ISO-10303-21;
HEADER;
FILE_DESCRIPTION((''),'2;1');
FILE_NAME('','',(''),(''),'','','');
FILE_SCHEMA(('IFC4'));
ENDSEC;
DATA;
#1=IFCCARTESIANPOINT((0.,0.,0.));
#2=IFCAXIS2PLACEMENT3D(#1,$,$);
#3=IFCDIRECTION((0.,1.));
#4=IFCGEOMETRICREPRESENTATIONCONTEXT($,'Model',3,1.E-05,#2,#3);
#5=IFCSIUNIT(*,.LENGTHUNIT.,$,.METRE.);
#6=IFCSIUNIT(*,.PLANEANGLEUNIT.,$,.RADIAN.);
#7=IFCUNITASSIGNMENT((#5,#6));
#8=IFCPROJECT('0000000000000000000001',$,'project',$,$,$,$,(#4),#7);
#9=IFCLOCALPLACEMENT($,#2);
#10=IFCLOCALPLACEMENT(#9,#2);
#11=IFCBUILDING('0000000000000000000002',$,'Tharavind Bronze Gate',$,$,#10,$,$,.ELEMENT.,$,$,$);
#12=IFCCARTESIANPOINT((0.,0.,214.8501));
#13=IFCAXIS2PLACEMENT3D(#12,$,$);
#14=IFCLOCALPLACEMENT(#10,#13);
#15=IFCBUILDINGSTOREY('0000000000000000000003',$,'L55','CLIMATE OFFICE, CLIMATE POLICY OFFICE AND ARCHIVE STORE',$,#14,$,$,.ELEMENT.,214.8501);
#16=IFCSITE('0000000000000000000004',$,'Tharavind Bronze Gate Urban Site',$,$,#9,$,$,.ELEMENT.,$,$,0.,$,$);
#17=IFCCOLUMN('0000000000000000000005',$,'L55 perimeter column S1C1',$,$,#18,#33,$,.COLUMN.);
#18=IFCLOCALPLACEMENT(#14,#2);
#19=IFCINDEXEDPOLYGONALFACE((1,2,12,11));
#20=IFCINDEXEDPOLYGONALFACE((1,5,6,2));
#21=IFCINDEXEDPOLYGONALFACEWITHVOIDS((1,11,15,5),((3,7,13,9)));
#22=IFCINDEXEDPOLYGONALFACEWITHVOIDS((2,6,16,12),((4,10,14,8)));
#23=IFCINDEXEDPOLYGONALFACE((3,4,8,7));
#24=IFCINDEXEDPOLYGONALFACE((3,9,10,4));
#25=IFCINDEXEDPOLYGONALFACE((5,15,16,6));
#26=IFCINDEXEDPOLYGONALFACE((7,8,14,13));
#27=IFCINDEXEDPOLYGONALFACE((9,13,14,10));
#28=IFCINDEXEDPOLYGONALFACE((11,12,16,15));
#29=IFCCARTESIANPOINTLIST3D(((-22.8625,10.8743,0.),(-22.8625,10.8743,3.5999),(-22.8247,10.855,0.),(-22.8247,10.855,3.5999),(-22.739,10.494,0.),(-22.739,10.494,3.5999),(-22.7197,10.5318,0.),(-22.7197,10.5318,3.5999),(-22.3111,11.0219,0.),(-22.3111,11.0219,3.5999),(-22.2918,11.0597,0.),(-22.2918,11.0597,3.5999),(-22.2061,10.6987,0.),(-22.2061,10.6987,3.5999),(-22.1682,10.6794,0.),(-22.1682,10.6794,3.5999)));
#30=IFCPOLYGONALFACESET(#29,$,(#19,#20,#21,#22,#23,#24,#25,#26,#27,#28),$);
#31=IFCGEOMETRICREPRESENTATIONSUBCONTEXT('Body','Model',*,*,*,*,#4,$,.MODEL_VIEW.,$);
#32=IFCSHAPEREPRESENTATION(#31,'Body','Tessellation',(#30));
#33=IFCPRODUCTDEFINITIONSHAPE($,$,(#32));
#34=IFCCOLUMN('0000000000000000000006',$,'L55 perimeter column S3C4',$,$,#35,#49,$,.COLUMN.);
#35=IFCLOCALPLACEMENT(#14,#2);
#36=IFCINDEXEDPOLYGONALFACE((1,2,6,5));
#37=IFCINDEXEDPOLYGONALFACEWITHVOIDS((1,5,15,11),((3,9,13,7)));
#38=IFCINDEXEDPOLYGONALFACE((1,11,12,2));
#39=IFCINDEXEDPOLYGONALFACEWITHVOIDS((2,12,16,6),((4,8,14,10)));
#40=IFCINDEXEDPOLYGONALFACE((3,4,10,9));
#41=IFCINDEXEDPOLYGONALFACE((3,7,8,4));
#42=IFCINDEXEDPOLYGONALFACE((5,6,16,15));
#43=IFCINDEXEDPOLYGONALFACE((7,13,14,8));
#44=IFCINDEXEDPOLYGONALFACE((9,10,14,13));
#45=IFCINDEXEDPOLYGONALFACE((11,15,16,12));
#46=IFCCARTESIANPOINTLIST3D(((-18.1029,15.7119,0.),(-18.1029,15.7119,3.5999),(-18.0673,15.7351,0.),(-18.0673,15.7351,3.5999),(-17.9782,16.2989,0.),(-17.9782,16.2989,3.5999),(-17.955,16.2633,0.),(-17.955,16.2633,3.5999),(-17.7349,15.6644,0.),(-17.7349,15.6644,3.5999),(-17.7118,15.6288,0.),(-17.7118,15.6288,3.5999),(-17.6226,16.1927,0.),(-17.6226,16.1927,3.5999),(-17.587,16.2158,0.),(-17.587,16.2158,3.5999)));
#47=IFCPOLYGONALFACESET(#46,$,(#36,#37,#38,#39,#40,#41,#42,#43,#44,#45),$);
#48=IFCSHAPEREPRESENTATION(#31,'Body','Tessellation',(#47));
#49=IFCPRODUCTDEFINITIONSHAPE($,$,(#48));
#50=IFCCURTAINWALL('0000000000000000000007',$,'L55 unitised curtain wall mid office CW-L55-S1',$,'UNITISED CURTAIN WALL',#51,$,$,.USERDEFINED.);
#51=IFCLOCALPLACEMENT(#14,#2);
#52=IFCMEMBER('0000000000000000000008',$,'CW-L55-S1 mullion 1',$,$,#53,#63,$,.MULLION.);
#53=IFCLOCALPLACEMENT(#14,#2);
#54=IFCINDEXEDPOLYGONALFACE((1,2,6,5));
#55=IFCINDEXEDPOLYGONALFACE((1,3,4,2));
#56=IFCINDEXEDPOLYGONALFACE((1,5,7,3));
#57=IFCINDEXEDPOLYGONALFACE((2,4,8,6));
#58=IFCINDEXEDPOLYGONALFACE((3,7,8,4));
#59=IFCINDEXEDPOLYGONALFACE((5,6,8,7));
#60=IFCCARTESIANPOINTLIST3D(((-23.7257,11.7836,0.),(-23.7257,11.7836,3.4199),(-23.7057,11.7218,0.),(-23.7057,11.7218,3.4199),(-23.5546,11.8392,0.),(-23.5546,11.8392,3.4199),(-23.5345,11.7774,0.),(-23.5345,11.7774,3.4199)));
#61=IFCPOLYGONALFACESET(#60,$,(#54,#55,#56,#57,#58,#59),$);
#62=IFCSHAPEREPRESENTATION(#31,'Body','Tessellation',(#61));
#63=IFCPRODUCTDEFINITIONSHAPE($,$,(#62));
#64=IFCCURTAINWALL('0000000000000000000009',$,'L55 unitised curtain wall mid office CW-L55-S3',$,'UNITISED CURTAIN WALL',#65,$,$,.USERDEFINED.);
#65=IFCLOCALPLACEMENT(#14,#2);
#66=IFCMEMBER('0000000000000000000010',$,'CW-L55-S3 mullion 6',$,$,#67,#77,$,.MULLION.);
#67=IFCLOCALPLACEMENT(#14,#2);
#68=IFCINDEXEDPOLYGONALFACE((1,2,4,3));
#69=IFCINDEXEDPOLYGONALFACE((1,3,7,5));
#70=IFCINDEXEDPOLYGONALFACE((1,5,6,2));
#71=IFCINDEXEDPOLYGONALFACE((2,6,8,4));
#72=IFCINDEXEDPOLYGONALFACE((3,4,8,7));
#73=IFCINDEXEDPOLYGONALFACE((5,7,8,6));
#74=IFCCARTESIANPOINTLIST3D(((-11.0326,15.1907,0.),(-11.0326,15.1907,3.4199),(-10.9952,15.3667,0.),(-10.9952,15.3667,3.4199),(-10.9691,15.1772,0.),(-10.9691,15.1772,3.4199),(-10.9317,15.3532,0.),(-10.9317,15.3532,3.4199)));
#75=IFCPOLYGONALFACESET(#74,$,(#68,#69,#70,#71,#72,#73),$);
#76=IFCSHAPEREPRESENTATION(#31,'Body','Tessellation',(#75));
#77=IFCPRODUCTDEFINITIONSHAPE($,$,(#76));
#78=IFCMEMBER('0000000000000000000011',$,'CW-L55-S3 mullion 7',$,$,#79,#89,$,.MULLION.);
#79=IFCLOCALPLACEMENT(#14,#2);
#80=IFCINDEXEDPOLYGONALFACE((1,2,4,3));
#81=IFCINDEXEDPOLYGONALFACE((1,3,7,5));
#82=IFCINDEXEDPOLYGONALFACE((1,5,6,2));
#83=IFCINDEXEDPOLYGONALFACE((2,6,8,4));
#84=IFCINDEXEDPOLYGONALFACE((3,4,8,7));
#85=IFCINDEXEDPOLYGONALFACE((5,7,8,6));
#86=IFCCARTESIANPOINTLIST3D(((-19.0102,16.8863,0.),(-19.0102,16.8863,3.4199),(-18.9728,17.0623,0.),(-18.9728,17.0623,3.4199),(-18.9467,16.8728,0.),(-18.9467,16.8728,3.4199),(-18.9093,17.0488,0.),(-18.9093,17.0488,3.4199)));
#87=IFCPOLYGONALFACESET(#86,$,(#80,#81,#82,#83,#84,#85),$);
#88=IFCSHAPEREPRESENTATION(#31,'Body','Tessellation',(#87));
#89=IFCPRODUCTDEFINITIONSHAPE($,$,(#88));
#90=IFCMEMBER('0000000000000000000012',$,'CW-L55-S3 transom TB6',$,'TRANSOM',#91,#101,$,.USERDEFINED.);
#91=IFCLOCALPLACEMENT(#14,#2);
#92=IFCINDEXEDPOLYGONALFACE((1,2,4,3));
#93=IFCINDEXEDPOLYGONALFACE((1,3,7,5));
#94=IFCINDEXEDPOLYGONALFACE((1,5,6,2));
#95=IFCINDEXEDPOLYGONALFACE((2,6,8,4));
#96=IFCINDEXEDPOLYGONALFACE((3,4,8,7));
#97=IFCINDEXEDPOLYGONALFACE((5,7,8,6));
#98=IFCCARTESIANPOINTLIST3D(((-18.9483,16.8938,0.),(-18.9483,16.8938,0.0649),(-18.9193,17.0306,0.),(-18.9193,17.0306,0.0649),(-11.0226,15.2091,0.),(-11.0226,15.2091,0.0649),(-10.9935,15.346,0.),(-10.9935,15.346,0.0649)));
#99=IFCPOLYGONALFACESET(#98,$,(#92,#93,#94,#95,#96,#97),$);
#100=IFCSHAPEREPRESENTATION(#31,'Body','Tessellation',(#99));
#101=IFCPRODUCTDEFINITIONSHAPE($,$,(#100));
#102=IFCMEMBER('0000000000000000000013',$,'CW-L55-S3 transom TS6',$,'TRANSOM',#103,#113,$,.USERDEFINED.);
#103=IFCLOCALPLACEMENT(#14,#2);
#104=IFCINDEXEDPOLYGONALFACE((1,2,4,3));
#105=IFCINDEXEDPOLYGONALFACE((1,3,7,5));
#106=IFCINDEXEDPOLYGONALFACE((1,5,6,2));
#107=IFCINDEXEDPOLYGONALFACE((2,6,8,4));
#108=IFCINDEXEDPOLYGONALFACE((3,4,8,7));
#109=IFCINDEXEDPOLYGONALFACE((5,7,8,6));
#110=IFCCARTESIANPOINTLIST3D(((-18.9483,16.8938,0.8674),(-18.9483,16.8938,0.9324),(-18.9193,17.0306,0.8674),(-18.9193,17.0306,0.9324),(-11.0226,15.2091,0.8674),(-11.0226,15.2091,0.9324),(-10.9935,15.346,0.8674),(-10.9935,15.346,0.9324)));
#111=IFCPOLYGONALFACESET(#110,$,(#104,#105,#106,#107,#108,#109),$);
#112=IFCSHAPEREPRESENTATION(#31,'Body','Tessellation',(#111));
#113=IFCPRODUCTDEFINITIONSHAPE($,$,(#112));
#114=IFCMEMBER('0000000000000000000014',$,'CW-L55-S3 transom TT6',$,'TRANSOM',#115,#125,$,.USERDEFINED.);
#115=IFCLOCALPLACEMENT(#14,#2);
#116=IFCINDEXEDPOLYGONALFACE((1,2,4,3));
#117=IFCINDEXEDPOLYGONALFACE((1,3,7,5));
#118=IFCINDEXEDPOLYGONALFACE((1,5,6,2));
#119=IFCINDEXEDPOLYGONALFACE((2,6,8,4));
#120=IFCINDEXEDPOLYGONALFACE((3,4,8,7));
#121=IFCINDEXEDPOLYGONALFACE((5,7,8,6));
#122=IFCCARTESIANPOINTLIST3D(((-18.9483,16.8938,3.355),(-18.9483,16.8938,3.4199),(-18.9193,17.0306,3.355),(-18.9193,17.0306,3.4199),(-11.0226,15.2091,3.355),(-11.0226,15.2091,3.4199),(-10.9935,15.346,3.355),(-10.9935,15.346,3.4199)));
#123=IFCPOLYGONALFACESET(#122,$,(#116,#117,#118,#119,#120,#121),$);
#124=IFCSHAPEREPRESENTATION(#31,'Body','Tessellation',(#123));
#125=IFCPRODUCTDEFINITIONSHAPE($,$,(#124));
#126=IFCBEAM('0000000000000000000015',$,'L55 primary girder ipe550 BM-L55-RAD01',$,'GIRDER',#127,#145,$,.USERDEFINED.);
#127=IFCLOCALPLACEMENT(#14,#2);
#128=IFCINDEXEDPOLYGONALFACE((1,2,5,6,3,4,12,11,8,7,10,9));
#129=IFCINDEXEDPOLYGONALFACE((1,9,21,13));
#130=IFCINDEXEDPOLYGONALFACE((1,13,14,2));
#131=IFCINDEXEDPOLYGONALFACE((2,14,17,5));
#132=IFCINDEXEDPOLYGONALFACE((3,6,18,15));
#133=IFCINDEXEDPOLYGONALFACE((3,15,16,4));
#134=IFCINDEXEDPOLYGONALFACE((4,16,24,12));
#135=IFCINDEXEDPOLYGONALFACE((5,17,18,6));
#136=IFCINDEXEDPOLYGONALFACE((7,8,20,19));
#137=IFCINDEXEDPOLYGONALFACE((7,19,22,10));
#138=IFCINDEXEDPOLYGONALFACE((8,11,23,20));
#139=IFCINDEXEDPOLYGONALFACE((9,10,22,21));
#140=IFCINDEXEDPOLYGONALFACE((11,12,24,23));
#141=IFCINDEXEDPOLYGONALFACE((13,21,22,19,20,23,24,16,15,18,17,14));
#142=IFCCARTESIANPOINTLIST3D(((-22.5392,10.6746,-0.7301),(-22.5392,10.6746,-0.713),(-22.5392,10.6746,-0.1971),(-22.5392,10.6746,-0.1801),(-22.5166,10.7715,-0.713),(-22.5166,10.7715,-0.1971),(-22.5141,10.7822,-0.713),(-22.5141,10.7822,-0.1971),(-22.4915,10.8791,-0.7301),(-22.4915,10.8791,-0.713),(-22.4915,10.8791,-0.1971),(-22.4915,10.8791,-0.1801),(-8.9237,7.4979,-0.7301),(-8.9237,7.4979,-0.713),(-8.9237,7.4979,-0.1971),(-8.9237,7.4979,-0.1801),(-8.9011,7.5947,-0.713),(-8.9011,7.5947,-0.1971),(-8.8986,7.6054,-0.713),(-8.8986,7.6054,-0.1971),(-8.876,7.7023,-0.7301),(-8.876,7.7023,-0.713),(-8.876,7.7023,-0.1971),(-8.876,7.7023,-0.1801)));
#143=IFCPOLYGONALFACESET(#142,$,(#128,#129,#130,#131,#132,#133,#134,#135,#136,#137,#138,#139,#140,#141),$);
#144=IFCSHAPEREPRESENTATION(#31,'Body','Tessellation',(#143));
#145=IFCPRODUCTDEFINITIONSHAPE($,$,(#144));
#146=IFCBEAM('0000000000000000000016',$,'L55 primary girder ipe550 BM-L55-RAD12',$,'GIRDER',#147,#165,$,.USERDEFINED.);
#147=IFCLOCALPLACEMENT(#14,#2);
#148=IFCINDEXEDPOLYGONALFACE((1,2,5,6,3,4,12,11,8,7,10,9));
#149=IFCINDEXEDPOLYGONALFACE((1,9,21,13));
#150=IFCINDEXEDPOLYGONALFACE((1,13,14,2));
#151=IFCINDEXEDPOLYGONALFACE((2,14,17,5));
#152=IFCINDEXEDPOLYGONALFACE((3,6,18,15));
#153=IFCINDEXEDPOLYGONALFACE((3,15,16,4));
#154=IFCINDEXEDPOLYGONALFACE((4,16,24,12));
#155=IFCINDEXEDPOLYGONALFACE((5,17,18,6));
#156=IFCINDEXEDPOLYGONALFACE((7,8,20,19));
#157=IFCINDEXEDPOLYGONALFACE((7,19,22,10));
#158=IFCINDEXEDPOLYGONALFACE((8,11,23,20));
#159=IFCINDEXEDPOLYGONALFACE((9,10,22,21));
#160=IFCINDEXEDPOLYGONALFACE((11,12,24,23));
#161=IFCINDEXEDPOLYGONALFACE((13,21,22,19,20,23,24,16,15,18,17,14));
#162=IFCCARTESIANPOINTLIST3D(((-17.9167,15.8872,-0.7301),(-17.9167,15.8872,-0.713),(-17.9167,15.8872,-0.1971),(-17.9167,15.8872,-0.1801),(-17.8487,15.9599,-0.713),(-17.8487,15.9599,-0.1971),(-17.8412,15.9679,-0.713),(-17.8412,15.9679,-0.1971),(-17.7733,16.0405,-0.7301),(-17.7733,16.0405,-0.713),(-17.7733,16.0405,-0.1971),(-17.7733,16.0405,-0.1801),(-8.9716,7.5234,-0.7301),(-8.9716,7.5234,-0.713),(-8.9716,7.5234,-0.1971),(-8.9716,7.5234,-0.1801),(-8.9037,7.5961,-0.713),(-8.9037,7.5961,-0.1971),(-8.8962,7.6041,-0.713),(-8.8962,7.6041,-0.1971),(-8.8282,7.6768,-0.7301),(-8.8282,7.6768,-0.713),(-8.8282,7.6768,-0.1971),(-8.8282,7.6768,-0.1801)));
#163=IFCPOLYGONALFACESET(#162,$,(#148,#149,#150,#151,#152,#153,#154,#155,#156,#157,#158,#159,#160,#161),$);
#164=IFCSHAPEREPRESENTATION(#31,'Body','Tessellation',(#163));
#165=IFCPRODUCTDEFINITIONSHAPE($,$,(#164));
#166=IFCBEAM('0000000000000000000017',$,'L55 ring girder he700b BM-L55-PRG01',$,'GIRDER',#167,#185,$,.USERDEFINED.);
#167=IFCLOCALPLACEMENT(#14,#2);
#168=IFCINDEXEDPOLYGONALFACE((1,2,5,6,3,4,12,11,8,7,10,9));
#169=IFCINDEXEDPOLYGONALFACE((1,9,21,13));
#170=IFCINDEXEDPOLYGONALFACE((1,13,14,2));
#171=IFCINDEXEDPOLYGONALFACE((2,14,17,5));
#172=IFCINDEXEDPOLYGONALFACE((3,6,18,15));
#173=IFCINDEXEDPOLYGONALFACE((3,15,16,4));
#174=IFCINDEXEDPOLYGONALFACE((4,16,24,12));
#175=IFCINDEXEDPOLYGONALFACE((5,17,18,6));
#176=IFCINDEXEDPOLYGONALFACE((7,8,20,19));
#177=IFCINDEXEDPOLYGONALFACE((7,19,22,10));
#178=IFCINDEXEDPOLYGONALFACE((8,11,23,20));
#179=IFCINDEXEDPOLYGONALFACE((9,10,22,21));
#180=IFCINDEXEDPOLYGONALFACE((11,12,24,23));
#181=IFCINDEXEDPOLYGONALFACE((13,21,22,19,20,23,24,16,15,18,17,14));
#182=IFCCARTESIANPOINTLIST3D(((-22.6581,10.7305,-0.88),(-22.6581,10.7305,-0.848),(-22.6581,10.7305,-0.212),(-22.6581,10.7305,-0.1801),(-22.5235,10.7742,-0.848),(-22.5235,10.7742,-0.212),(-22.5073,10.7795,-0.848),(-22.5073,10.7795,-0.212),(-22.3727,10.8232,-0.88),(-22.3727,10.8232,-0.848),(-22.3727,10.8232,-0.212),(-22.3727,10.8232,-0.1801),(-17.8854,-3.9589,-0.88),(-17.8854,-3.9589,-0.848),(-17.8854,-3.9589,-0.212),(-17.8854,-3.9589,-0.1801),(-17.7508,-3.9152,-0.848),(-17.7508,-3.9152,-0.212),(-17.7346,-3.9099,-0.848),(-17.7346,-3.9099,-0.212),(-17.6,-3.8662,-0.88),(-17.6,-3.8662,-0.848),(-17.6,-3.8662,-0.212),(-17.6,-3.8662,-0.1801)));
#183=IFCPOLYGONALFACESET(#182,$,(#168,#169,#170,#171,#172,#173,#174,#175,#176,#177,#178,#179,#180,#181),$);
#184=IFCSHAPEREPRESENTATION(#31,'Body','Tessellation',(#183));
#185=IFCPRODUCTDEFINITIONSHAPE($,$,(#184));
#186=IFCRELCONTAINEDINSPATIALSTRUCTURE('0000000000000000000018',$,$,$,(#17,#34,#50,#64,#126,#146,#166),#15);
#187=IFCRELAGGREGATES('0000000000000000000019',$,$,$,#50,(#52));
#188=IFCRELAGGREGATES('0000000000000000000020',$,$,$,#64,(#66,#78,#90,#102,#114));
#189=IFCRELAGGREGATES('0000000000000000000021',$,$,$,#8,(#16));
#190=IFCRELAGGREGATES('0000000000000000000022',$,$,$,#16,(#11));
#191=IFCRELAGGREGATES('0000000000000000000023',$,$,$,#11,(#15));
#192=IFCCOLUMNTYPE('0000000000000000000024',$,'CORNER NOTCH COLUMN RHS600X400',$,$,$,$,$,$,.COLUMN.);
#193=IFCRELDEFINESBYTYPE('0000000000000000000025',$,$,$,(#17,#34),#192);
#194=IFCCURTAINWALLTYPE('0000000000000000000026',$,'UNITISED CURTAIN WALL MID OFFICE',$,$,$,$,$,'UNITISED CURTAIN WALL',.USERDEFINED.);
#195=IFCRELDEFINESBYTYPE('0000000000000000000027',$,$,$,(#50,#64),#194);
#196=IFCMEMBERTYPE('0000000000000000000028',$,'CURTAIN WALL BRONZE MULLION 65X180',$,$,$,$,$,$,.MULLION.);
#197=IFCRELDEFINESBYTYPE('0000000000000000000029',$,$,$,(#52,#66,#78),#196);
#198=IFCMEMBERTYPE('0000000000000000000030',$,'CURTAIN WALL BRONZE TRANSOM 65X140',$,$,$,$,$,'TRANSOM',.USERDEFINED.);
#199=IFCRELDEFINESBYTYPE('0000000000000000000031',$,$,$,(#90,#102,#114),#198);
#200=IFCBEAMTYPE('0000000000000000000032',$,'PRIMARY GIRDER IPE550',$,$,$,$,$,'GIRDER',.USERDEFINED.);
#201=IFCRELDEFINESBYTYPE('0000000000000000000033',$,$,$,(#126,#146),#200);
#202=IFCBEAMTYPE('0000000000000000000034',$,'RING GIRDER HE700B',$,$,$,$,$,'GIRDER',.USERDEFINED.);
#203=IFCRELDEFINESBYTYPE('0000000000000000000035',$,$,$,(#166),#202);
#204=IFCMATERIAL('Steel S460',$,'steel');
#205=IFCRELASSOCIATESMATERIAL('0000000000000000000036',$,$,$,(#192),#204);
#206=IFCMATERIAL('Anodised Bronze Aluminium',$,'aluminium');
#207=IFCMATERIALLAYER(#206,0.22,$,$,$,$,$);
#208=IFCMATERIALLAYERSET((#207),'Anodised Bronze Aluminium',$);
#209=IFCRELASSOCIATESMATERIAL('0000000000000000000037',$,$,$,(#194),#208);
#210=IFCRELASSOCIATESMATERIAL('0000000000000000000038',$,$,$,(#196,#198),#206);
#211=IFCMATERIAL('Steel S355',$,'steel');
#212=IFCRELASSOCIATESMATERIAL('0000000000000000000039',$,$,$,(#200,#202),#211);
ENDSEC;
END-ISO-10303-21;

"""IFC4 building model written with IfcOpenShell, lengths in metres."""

from ifc_helpers import new_model, si_unit, direction, frame, origin, origin_2d, place, context, subcontext, project, spatial, rectangle, hollow_rectangle, i_section, extrude, material, layer, layer_set, material_profile, profile_set, type_object, element, aggregate, save


model = new_model("IFC4")

# Units and contexts
model_context = context("Model", 3, precision=1e-05, world=origin(), true_north=direction((0.0, 1.0)))
body_context = subcontext(model_context, "Body", "Model", "MODEL_VIEW")
ifc_project = project(units=[si_unit("LENGTHUNIT", "METRE"), si_unit("PLANEANGLEUNIT", "RADIAN")], contexts=[model_context])

# Site, building, storey
site_placement = place(None, origin())
site = spatial("IfcSite", under=ifc_project, at=site_placement, Name="Tharavind Bronze Gate Urban Site", CompositionType="ELEMENT", RefElevation=0.0)
building_placement = place(site_placement, origin())
building = spatial("IfcBuilding", under=site, at=building_placement, Name="Tharavind Bronze Gate", CompositionType="ELEMENT")
storey_placement = place(building_placement, frame((0.0, 0.0, 214.8501)))
storey = spatial("IfcBuildingStorey", under=building, at=storey_placement, Name="L55", Description="CLIMATE OFFICE, CLIMATE POLICY OFFICE AND ARCHIVE STORE", CompositionType="ELEMENT", Elevation=214.8501)

# Columns
ifc_material_1 = material(Name="Steel S460", Category="steel")
ifc_material_profile_1 = material_profile(ifc_material_1, hollow_rectangle(XDim=0.3999, YDim=0.6001, WallThickness=0.03, at=origin_2d()), Name="RHS600X400X30")
ifc_profile_set_1 = profile_set([ifc_material_profile_1], Name="Steel S460")
column_type = type_object("IfcColumnType", Name="CORNER NOTCH COLUMN RHS600X400", PredefinedType="COLUMN", material=ifc_profile_set_1)
for number, where, z_axis, x_axis, name in (
    (1, (-22.5154, 10.7769, 0.0), (0.0, 0.0, 1.0), (-0.309017, 0.951057, 0.0), "L55 perimeter column S1C1"),
    (2, (-17.845, 15.9639, 0.0), (0.0, 0.0, 1.0), (-0.978148, 0.207912, 0.0), "L55 perimeter column S3C4"),
):
    element("IfcColumn", number, at=place(storey_placement, frame(where, z_axis=z_axis, x_axis=x_axis)), inside=storey, type_object=column_type, Name=name, PredefinedType="COLUMN", context=body_context, shape_type="SweptSolid", body=[
        extrude(hollow_rectangle(XDim=0.3999, YDim=0.6001, WallThickness=0.03, at=origin_2d()), origin(), (0.0, 0.0, 1.0), 3.5999),
    ])

# Curtain wall, member
ifc_material_2 = material(Name="Anodised Bronze Aluminium", Category="aluminium")
ifc_layer_1 = layer(ifc_material_2, 0.22)
ifc_layer_set_1 = layer_set([ifc_layer_1], Name="Anodised Bronze Aluminium")
curtain_wall_type = type_object("IfcCurtainWallType", Name="UNITISED CURTAIN WALL MID OFFICE", ElementType="UNITISED CURTAIN WALL", PredefinedType="USERDEFINED", material=ifc_layer_set_1)
curtain_wall_1_placement = place(storey_placement, origin())
curtain_wall_1 = element("IfcCurtainWall", 3, at=curtain_wall_1_placement, inside=storey, type_object=curtain_wall_type, Name="L55 unitised curtain wall mid office CW-L55-S1", ObjectType="UNITISED CURTAIN WALL", PredefinedType="USERDEFINED")
member_type_1 = type_object("IfcMemberType", Name="CURTAIN WALL BRONZE MULLION 65X180", PredefinedType="MULLION", material=ifc_material_2)
member_1_placement = place(storey_placement, frame((-23.6301, 11.7805, 0.0), z_axis=(0.0, 0.0, 1.0), x_axis=(0.309017, -0.951057, 0.0)))
member_1 = element("IfcMember", 4, at=member_1_placement, type_object=member_type_1, Name="CW-L55-S1 mullion 1", PredefinedType="MULLION", context=body_context, shape_type="SweptSolid", body=[
    extrude(rectangle(XDim=0.0649, YDim=0.1799, at=origin_2d()), origin(), (0.0, 0.0, 1.0), 3.4199),
])
aggregate(curtain_wall_1, [member_1])

# Curtain wall, members
curtain_wall_2_placement = place(storey_placement, origin())
curtain_wall_2 = element("IfcCurtainWall", 5, at=curtain_wall_2_placement, inside=storey, type_object=curtain_wall_type, Name="L55 unitised curtain wall mid office CW-L55-S3", ObjectType="UNITISED CURTAIN WALL", PredefinedType="USERDEFINED")
member_2_placement = place(storey_placement, frame((-10.9822, 15.272, 0.0), z_axis=(0.0, 0.0, 1.0), x_axis=(-0.978148, 0.207912, 0.0)))
member_2 = element("IfcMember", 6, at=member_2_placement, type_object=member_type_1, Name="CW-L55-S3 mullion 6", PredefinedType="MULLION", context=body_context, shape_type="SweptSolid", body=[
    extrude(rectangle(XDim=0.0649, YDim=0.1799, at=origin_2d()), origin(), (0.0, 0.0, 1.0), 3.4199),
])
member_3_placement = place(storey_placement, frame((-18.9597, 16.9675, 0.0), z_axis=(0.0, 0.0, 1.0), x_axis=(-0.978148, 0.207912, 0.0)))
member_3 = element("IfcMember", 7, at=member_3_placement, type_object=member_type_1, Name="CW-L55-S3 mullion 7", PredefinedType="MULLION", context=body_context, shape_type="SweptSolid", body=[
    extrude(rectangle(XDim=0.0649, YDim=0.1799, at=origin_2d()), origin(), (0.0, 0.0, 1.0), 3.4199),
])
member_type_2 = type_object("IfcMemberType", Name="CURTAIN WALL BRONZE TRANSOM 65X140", ElementType="TRANSOM", PredefinedType="USERDEFINED", material=ifc_material_2)
member_4_placement = place(storey_placement, frame((-14.9709, 16.1199, 0.0), z_axis=(0.0, 0.0, 1.0), x_axis=(-0.978148, 0.207912, 0.0)))
member_4 = element("IfcMember", 8, at=member_4_placement, type_object=member_type_2, Name="CW-L55-S3 transom TB6", ObjectType="TRANSOM", PredefinedType="USERDEFINED", context=body_context, shape_type="SweptSolid", body=[
    extrude(rectangle(XDim=8.1028, YDim=0.1399, at=origin_2d()), origin(), (0.0, 0.0, 1.0), 0.0649),
])
member_5_placement = place(storey_placement, frame((-14.9709, 16.1199, 0.8674), z_axis=(0.0, 0.0, 1.0), x_axis=(-0.978148, 0.207912, 0.0)))
member_5 = element("IfcMember", 9, at=member_5_placement, type_object=member_type_2, Name="CW-L55-S3 transom TS6", ObjectType="TRANSOM", PredefinedType="USERDEFINED", context=body_context, shape_type="SweptSolid", body=[
    extrude(rectangle(XDim=8.1028, YDim=0.1399, at=origin_2d()), origin(), (0.0, 0.0, 1.0), 0.0649),
])
member_6_placement = place(storey_placement, frame((-14.9709, 16.1199, 3.355), z_axis=(0.0, 0.0, 1.0), x_axis=(-0.978148, 0.207912, 0.0)))
member_6 = element("IfcMember", 10, at=member_6_placement, type_object=member_type_2, Name="CW-L55-S3 transom TT6", ObjectType="TRANSOM", PredefinedType="USERDEFINED", context=body_context, shape_type="SweptSolid", body=[
    extrude(rectangle(XDim=8.1028, YDim=0.1399, at=origin_2d()), origin(), (0.0, 0.0, 1.0), 0.0649),
])

# Beams
ifc_material_3 = material(Name="Steel S355", Category="steel")
ifc_material_profile_2 = material_profile(ifc_material_3, i_section(OverallWidth=0.21, OverallDepth=0.55, WebThickness=0.011, FlangeThickness=0.0171, at=origin_2d()), Name="IPE550")
ifc_profile_set_2 = profile_set([ifc_material_profile_2], Name="Steel S355")
beam_type_1 = type_object("IfcBeamType", Name="PRIMARY GIRDER IPE550", ElementType="GIRDER", PredefinedType="USERDEFINED", material=ifc_profile_set_2)
beam_1_placement = place(storey_placement, frame((-22.5154, 10.7769, -0.4551), z_axis=(0.973844, -0.227217, 0.0), x_axis=(0.227217, 0.973844, 0.0)))
element("IfcBeam", 11, at=beam_1_placement, inside=storey, type_object=beam_type_1, Name="L55 primary girder ipe550 BM-L55-RAD01", ObjectType="GIRDER", PredefinedType="USERDEFINED", context=body_context, shape_type="SweptSolid", body=[
    extrude(i_section(OverallWidth=0.21, OverallDepth=0.55, WebThickness=0.011, FlangeThickness=0.0171, at=origin_2d()), origin(), (0.0, 0.0, 1.0), 13.9812),
])
beam_2_placement = place(storey_placement, frame((-17.845, 15.9639, -0.4551), z_axis=(0.730442, -0.682974, 0.0), x_axis=(0.682974, 0.730442, 0.0)))
element("IfcBeam", 12, at=beam_2_placement, inside=storey, type_object=beam_type_1, Name="L55 primary girder ipe550 BM-L55-RAD12", ObjectType="GIRDER", PredefinedType="USERDEFINED", context=body_context, shape_type="SweptSolid", body=[
    extrude(i_section(OverallWidth=0.21, OverallDepth=0.55, WebThickness=0.011, FlangeThickness=0.0171, at=origin_2d()), origin(), (0.0, 0.0, 1.0), 12.2461),
])
ifc_material_profile_3 = material_profile(ifc_material_3, i_section(OverallWidth=0.3, OverallDepth=0.7, WebThickness=0.0171, FlangeThickness=0.032, at=origin_2d()), Name="HE700B")
ifc_profile_set_3 = profile_set([ifc_material_profile_3], Name="Steel S355")
beam_type_2 = type_object("IfcBeamType", Name="RING GIRDER HE700B", ElementType="GIRDER", PredefinedType="USERDEFINED", material=ifc_profile_set_3)
beam_3_placement = place(storey_placement, frame((-22.5154, 10.7769, -0.53), z_axis=(0.309006, -0.95106, 0.0), x_axis=(0.95106, 0.309006, 0.0)))
element("IfcBeam", 13, at=beam_3_placement, inside=storey, type_object=beam_type_2, Name="L55 ring girder he700b BM-L55-PRG01", ObjectType="GIRDER", PredefinedType="USERDEFINED", context=body_context, shape_type="SweptSolid", body=[
    extrude(i_section(OverallWidth=0.3, OverallDepth=0.7, WebThickness=0.0171, FlangeThickness=0.032, at=origin_2d()), origin(), (0.0, 0.0, 1.0), 15.4453),
])

aggregate(curtain_wall_2, [member_2, member_3, member_4, member_5, member_6])

save(model, "model.ifc")
